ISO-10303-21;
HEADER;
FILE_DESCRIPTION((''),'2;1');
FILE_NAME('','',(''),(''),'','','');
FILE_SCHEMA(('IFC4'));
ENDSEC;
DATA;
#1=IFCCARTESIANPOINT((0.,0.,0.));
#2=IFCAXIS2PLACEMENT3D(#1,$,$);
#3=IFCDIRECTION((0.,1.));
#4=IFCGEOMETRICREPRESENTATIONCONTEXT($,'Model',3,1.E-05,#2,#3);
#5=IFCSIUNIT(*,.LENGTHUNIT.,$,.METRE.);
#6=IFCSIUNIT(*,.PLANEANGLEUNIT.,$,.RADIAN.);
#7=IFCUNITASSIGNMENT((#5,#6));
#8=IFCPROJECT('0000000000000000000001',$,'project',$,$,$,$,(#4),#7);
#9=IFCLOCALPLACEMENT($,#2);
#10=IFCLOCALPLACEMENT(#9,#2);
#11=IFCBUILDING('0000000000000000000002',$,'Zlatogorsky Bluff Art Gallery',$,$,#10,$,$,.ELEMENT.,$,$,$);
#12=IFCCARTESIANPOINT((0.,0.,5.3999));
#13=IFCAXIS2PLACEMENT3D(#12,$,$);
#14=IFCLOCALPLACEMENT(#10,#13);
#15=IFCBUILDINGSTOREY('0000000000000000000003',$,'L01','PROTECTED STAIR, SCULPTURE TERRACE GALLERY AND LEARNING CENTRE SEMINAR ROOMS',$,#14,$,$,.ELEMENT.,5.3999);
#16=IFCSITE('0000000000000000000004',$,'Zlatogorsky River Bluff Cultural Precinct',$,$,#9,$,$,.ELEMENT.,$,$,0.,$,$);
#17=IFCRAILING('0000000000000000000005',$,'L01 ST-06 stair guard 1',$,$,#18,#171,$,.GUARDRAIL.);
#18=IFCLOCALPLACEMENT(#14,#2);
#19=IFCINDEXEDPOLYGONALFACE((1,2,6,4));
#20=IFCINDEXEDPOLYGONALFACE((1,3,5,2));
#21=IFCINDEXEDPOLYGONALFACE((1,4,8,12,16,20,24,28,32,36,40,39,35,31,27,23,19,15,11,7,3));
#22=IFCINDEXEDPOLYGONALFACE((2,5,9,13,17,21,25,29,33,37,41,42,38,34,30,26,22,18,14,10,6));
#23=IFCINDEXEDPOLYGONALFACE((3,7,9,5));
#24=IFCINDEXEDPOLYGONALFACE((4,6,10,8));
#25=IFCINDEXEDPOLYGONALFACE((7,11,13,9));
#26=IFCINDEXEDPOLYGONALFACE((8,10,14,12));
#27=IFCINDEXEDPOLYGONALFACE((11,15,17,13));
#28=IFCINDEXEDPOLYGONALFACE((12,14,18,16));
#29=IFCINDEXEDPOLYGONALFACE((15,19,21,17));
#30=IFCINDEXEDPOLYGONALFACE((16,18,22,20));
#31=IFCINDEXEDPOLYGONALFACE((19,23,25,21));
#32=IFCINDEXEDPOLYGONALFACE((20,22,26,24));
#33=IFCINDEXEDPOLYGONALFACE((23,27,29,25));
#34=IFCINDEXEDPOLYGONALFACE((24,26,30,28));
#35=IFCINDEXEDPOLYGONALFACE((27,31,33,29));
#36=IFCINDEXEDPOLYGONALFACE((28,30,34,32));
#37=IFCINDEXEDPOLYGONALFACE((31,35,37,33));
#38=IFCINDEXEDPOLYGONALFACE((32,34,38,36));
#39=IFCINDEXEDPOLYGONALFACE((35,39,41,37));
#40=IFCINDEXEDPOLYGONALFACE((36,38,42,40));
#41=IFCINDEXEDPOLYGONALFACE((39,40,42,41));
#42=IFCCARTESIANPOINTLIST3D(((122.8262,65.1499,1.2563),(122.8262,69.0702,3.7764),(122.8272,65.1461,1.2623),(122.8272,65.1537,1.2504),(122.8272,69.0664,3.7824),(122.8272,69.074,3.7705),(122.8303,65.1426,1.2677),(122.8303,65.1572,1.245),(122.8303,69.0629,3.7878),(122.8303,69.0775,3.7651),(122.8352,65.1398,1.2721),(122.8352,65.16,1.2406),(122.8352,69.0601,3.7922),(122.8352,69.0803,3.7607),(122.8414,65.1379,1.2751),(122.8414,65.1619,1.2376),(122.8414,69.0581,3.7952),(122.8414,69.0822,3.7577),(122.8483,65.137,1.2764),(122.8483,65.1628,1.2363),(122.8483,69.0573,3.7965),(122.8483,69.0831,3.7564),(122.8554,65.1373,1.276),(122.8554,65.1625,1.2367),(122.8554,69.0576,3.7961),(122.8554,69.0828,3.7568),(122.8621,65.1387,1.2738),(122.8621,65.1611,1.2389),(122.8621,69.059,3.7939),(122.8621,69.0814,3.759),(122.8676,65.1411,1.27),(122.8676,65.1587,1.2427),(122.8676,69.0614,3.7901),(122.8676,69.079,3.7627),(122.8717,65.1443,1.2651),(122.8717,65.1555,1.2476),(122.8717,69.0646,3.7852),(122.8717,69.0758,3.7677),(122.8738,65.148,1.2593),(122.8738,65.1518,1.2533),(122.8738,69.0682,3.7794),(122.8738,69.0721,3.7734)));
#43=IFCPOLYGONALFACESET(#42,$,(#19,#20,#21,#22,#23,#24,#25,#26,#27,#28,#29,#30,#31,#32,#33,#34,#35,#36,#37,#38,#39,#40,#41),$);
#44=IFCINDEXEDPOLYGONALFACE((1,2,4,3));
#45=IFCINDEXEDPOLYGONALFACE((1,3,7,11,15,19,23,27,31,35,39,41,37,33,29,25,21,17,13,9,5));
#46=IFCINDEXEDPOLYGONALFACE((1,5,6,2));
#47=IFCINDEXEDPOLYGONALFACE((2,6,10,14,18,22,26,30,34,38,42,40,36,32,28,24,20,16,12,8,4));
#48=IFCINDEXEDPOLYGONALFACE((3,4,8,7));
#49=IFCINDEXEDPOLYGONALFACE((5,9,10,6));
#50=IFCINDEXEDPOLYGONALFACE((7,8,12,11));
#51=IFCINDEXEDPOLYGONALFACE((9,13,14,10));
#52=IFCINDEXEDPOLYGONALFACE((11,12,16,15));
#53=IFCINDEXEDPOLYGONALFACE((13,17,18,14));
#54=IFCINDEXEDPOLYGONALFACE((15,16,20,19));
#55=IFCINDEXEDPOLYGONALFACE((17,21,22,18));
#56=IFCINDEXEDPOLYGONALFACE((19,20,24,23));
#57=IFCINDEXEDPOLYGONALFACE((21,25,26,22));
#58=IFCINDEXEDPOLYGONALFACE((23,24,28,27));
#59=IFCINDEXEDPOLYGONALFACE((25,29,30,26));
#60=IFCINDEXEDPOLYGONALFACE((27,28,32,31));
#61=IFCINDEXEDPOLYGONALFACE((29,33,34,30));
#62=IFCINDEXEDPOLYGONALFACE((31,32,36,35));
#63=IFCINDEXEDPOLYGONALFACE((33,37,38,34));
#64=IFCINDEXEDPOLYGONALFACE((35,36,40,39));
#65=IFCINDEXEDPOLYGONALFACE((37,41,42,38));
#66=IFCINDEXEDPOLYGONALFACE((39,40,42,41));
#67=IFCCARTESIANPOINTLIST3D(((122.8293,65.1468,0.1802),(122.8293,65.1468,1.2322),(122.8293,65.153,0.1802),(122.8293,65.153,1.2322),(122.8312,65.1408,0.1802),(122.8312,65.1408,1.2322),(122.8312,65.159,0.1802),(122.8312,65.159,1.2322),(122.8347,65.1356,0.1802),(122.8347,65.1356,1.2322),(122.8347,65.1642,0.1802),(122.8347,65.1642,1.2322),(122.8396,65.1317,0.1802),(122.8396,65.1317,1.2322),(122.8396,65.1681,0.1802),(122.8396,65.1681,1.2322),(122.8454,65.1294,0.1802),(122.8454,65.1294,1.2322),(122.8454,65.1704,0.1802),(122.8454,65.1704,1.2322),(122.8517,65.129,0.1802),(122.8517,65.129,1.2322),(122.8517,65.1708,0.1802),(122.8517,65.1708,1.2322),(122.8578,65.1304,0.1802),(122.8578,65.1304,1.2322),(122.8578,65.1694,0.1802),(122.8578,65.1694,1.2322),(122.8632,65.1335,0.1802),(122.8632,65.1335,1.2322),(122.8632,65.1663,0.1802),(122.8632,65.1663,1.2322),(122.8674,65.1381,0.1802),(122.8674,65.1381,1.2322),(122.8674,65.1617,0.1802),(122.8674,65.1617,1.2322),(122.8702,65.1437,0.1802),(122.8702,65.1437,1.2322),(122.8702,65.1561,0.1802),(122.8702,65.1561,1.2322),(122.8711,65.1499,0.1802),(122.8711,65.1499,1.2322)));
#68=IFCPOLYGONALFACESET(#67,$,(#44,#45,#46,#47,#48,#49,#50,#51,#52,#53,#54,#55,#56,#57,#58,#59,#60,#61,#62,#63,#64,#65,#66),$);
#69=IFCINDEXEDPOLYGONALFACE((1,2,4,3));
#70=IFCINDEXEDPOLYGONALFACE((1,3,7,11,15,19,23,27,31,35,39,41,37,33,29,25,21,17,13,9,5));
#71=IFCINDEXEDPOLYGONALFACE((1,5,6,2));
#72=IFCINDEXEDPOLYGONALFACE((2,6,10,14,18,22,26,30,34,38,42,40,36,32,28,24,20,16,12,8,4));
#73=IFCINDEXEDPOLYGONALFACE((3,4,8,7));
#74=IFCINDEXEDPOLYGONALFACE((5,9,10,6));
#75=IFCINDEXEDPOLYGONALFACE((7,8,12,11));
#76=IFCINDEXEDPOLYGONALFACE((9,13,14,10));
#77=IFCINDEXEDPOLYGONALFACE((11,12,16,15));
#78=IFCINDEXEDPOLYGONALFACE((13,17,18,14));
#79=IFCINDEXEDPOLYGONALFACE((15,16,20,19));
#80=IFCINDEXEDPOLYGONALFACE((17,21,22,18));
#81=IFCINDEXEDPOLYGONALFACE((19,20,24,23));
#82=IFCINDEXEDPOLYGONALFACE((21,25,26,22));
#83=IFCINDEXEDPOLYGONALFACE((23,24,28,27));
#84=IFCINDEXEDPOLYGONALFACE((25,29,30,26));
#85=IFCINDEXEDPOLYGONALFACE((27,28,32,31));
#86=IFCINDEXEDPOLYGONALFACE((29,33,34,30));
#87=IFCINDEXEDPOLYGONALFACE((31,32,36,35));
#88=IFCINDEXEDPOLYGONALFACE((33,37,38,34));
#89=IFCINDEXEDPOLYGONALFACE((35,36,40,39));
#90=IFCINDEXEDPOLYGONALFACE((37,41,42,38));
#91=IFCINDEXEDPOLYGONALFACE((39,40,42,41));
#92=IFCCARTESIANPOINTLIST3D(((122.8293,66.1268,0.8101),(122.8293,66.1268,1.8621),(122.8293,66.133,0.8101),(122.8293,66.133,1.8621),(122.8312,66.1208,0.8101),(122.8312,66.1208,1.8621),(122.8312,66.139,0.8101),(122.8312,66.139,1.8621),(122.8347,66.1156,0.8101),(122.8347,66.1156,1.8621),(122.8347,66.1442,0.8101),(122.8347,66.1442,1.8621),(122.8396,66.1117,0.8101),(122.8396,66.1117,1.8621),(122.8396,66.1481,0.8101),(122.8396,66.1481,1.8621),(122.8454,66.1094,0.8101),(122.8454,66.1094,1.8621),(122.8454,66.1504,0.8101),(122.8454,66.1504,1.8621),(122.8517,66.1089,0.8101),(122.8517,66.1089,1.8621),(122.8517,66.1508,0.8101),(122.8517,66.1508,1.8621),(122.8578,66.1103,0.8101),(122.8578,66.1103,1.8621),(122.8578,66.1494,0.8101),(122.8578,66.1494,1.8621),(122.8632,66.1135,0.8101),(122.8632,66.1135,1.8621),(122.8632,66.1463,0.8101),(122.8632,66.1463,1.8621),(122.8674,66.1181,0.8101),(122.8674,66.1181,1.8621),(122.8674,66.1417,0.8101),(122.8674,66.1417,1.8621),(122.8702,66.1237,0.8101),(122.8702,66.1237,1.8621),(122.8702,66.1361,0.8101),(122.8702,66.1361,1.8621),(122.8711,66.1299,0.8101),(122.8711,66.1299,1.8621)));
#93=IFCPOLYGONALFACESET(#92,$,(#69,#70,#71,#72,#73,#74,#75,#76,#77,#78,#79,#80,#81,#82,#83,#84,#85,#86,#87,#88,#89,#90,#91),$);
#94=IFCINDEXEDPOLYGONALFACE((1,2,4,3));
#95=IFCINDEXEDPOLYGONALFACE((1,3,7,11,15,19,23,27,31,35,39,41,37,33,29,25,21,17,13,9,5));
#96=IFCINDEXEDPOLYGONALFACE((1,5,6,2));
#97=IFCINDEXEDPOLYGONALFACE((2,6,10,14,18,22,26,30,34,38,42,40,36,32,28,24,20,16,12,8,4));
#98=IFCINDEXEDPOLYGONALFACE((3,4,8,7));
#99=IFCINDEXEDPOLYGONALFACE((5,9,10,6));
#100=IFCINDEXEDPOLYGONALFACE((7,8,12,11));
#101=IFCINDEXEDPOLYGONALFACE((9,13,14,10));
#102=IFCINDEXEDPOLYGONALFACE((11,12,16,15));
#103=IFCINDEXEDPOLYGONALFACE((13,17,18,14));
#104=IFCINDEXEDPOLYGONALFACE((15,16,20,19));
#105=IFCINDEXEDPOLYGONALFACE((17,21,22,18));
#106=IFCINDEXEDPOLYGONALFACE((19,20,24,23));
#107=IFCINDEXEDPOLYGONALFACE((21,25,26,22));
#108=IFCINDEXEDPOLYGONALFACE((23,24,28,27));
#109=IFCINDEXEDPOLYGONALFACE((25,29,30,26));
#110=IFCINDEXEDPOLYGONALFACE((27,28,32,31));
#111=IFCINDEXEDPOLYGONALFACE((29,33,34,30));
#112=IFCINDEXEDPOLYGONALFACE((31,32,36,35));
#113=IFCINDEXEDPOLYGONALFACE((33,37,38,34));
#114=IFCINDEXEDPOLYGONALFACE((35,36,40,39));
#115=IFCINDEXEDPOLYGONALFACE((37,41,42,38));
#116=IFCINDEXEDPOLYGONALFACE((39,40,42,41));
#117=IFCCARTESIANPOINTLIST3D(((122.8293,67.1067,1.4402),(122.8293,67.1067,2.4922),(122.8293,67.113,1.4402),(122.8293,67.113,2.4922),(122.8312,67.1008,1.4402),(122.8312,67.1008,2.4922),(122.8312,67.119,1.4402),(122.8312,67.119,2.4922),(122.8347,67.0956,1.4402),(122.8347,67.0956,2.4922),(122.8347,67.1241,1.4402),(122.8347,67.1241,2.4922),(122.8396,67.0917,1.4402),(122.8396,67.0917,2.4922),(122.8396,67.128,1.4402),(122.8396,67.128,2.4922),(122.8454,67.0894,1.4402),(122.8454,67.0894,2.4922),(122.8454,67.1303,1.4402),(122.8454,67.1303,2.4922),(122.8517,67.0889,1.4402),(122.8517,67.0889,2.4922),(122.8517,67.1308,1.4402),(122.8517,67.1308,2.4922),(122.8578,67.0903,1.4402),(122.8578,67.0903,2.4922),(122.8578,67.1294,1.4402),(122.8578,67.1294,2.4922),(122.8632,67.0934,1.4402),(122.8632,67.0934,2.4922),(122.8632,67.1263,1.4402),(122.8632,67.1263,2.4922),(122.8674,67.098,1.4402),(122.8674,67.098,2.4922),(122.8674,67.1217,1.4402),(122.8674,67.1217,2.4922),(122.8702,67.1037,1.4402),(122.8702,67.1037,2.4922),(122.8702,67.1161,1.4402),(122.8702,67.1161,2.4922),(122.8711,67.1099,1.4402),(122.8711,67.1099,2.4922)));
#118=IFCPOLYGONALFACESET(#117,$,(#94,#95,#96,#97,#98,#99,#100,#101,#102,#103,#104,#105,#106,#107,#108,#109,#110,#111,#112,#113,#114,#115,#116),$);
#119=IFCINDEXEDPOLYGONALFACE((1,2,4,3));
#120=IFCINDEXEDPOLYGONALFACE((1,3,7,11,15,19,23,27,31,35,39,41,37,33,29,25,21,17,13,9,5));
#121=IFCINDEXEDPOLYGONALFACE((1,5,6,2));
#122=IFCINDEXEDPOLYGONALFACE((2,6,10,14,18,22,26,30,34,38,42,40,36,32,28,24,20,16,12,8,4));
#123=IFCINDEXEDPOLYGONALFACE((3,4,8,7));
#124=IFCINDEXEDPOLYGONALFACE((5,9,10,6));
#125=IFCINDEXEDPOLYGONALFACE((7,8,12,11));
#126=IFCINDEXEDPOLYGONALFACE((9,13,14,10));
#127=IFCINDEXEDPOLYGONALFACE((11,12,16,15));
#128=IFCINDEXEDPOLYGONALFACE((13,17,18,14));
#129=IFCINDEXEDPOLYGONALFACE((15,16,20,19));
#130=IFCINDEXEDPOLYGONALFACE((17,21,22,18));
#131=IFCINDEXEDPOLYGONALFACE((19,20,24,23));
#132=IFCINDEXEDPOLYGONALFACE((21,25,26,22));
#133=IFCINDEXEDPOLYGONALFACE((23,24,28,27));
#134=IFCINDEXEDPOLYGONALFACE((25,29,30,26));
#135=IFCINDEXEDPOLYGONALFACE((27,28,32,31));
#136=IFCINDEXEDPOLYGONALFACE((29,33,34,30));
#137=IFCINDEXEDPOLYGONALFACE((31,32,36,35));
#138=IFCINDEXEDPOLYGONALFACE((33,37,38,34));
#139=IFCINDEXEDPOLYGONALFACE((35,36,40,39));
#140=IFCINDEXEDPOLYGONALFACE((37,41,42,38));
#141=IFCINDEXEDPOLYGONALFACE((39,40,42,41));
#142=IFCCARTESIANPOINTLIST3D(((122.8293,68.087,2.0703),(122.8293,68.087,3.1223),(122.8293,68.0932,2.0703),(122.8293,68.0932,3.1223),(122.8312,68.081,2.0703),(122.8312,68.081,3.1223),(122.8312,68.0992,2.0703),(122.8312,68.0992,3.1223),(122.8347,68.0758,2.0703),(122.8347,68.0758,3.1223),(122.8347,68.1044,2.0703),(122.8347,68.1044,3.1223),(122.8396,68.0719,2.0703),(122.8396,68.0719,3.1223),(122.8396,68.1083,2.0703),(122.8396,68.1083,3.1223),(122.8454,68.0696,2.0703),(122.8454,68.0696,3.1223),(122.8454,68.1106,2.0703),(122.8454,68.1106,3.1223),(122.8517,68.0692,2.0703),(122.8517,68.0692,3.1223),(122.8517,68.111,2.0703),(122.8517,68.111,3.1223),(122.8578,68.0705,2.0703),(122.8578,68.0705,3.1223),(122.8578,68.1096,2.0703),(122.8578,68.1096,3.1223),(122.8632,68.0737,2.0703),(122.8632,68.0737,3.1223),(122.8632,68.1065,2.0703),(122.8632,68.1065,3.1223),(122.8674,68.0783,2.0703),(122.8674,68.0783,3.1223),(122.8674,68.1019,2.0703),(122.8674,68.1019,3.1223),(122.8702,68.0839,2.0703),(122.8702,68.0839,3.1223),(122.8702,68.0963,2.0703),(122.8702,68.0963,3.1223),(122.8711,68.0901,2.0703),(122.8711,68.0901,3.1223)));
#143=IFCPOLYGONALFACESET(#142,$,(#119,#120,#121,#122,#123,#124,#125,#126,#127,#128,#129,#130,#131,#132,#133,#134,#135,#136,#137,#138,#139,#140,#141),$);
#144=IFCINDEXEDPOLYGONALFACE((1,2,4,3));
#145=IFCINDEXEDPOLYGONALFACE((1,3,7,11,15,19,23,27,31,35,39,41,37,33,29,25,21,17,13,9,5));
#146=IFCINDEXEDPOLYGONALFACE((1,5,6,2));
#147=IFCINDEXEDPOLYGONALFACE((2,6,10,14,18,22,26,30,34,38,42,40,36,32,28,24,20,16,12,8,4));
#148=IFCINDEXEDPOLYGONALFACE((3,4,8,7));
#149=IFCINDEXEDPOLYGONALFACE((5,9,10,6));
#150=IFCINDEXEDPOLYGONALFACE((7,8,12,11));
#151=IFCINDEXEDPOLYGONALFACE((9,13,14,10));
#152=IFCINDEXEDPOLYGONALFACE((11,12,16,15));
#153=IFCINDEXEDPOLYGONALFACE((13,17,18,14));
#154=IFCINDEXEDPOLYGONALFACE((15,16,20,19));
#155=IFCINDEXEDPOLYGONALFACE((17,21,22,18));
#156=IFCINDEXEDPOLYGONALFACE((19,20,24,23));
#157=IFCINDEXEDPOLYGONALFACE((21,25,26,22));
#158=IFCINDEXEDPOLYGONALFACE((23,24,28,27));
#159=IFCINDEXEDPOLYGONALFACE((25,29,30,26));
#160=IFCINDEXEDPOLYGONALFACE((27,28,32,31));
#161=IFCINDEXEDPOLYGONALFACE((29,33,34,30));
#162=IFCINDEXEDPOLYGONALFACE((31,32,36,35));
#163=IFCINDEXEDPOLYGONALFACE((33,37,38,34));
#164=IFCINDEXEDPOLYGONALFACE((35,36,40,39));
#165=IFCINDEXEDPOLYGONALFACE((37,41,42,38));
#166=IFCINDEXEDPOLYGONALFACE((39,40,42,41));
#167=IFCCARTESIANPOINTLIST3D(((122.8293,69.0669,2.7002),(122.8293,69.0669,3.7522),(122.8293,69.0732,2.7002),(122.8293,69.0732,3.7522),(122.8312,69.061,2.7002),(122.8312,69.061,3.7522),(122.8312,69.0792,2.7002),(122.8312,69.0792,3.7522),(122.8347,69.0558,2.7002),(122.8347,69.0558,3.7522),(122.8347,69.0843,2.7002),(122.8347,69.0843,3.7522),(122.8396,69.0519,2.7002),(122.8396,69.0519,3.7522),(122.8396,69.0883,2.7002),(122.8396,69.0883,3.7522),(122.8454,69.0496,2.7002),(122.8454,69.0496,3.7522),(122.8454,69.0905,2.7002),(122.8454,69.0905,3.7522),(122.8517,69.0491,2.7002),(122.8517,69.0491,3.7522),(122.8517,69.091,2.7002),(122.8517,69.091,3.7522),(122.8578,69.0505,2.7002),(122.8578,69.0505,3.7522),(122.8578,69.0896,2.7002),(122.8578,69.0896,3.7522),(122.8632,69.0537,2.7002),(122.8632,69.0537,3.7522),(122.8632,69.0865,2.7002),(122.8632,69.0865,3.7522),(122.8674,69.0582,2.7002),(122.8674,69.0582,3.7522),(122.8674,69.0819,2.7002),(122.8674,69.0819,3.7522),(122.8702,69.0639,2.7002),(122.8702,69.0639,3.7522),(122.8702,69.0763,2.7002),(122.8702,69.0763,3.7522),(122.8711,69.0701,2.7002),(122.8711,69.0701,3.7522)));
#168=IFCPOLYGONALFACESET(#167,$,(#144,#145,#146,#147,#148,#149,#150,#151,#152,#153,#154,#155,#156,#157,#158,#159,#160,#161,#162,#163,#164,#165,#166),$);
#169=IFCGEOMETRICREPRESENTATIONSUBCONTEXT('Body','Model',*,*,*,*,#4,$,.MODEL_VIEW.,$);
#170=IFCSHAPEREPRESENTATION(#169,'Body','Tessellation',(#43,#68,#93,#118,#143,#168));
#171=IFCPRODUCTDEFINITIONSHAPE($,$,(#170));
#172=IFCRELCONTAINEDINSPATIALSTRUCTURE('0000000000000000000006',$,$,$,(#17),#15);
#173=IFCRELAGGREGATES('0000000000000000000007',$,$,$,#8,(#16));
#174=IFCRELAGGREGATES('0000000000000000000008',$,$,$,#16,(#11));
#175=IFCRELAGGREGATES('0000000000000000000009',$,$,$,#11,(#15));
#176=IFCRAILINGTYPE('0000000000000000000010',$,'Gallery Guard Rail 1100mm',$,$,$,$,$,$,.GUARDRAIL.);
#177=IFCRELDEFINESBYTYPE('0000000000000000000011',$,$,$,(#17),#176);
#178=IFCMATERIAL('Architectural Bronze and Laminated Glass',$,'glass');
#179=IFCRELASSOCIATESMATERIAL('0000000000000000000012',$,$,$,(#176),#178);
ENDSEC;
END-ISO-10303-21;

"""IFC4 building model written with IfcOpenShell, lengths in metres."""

from ifc_helpers import new_model, si_unit, direction, frame, origin, origin_2d, place, context, subcontext, project, spatial, circle, extrude, material, type_object, element, save


model = new_model("IFC4")

# Units and contexts
model_context = context("Model", 3, precision=1e-05, world=origin(), true_north=direction((0.0, 1.0)))
body_context = subcontext(model_context, "Body", "Model", "MODEL_VIEW")
ifc_project = project(units=[si_unit("LENGTHUNIT", "METRE"), si_unit("PLANEANGLEUNIT", "RADIAN")], contexts=[model_context])

# Site, building, storey
site_placement = place(None, origin())
site = spatial("IfcSite", under=ifc_project, at=site_placement, Name="Zlatogorsky River Bluff Cultural Precinct", CompositionType="ELEMENT", RefElevation=0.0)
building_placement = place(site_placement, origin())
building = spatial("IfcBuilding", under=site, at=building_placement, Name="Zlatogorsky Bluff Art Gallery", CompositionType="ELEMENT")
storey_placement = place(building_placement, frame((0.0, 0.0, 5.3999)))
storey = spatial("IfcBuildingStorey", under=building, at=storey_placement, Name="L01", Description="PROTECTED STAIR, SCULPTURE TERRACE GALLERY AND LEARNING CENTRE SEMINAR ROOMS", CompositionType="ELEMENT", Elevation=5.3999)

# Railing
ifc_material_1 = material(Name="Architectural Bronze and Laminated Glass", Category="glass")
railing_type_1 = type_object("IfcRailingType", Name="Gallery Guard Rail 1100mm", PredefinedType="GUARDRAIL", material=ifc_material_1)
railing_1_placement = place(storey_placement, frame((122.8501, 65.1499, 0.1802)))
element("IfcRailing", 1, at=railing_1_placement, inside=storey, type_object=railing_type_1, Name="L01 ST-06 stair guard 1", PredefinedType="GUARDRAIL", context=body_context, shape_type="SweptSolid", body=[
    extrude(circle(Radius=0.0239, at=origin_2d()), frame((0.0, 0.0, 1.0762), z_axis=(0.0, 0.841187, 0.540744), x_axis=(-1.0, 0.0, 0.0)), (0.0, 0.0, 1.0), 4.6604),
    extrude(circle(Radius=0.021, at=origin_2d()), origin(), (0.0, 0.0, 1.0), 1.052),
    extrude(circle(Radius=0.021, at=origin_2d()), frame((0.0, 0.98, 0.6299)), (0.0, 0.0, 1.0), 1.052),
    extrude(circle(Radius=0.021, at=origin_2d()), frame((0.0, 1.96, 1.26)), (0.0, 0.0, 1.0), 1.052),
    extrude(circle(Radius=0.021, at=origin_2d()), frame((0.0, 2.9402, 1.8901)), (0.0, 0.0, 1.0), 1.052),
    extrude(circle(Radius=0.021, at=origin_2d()), frame((0.0, 3.9202, 2.52)), (0.0, 0.0, 1.0), 1.052),
])

save(model, "model.ifc")
